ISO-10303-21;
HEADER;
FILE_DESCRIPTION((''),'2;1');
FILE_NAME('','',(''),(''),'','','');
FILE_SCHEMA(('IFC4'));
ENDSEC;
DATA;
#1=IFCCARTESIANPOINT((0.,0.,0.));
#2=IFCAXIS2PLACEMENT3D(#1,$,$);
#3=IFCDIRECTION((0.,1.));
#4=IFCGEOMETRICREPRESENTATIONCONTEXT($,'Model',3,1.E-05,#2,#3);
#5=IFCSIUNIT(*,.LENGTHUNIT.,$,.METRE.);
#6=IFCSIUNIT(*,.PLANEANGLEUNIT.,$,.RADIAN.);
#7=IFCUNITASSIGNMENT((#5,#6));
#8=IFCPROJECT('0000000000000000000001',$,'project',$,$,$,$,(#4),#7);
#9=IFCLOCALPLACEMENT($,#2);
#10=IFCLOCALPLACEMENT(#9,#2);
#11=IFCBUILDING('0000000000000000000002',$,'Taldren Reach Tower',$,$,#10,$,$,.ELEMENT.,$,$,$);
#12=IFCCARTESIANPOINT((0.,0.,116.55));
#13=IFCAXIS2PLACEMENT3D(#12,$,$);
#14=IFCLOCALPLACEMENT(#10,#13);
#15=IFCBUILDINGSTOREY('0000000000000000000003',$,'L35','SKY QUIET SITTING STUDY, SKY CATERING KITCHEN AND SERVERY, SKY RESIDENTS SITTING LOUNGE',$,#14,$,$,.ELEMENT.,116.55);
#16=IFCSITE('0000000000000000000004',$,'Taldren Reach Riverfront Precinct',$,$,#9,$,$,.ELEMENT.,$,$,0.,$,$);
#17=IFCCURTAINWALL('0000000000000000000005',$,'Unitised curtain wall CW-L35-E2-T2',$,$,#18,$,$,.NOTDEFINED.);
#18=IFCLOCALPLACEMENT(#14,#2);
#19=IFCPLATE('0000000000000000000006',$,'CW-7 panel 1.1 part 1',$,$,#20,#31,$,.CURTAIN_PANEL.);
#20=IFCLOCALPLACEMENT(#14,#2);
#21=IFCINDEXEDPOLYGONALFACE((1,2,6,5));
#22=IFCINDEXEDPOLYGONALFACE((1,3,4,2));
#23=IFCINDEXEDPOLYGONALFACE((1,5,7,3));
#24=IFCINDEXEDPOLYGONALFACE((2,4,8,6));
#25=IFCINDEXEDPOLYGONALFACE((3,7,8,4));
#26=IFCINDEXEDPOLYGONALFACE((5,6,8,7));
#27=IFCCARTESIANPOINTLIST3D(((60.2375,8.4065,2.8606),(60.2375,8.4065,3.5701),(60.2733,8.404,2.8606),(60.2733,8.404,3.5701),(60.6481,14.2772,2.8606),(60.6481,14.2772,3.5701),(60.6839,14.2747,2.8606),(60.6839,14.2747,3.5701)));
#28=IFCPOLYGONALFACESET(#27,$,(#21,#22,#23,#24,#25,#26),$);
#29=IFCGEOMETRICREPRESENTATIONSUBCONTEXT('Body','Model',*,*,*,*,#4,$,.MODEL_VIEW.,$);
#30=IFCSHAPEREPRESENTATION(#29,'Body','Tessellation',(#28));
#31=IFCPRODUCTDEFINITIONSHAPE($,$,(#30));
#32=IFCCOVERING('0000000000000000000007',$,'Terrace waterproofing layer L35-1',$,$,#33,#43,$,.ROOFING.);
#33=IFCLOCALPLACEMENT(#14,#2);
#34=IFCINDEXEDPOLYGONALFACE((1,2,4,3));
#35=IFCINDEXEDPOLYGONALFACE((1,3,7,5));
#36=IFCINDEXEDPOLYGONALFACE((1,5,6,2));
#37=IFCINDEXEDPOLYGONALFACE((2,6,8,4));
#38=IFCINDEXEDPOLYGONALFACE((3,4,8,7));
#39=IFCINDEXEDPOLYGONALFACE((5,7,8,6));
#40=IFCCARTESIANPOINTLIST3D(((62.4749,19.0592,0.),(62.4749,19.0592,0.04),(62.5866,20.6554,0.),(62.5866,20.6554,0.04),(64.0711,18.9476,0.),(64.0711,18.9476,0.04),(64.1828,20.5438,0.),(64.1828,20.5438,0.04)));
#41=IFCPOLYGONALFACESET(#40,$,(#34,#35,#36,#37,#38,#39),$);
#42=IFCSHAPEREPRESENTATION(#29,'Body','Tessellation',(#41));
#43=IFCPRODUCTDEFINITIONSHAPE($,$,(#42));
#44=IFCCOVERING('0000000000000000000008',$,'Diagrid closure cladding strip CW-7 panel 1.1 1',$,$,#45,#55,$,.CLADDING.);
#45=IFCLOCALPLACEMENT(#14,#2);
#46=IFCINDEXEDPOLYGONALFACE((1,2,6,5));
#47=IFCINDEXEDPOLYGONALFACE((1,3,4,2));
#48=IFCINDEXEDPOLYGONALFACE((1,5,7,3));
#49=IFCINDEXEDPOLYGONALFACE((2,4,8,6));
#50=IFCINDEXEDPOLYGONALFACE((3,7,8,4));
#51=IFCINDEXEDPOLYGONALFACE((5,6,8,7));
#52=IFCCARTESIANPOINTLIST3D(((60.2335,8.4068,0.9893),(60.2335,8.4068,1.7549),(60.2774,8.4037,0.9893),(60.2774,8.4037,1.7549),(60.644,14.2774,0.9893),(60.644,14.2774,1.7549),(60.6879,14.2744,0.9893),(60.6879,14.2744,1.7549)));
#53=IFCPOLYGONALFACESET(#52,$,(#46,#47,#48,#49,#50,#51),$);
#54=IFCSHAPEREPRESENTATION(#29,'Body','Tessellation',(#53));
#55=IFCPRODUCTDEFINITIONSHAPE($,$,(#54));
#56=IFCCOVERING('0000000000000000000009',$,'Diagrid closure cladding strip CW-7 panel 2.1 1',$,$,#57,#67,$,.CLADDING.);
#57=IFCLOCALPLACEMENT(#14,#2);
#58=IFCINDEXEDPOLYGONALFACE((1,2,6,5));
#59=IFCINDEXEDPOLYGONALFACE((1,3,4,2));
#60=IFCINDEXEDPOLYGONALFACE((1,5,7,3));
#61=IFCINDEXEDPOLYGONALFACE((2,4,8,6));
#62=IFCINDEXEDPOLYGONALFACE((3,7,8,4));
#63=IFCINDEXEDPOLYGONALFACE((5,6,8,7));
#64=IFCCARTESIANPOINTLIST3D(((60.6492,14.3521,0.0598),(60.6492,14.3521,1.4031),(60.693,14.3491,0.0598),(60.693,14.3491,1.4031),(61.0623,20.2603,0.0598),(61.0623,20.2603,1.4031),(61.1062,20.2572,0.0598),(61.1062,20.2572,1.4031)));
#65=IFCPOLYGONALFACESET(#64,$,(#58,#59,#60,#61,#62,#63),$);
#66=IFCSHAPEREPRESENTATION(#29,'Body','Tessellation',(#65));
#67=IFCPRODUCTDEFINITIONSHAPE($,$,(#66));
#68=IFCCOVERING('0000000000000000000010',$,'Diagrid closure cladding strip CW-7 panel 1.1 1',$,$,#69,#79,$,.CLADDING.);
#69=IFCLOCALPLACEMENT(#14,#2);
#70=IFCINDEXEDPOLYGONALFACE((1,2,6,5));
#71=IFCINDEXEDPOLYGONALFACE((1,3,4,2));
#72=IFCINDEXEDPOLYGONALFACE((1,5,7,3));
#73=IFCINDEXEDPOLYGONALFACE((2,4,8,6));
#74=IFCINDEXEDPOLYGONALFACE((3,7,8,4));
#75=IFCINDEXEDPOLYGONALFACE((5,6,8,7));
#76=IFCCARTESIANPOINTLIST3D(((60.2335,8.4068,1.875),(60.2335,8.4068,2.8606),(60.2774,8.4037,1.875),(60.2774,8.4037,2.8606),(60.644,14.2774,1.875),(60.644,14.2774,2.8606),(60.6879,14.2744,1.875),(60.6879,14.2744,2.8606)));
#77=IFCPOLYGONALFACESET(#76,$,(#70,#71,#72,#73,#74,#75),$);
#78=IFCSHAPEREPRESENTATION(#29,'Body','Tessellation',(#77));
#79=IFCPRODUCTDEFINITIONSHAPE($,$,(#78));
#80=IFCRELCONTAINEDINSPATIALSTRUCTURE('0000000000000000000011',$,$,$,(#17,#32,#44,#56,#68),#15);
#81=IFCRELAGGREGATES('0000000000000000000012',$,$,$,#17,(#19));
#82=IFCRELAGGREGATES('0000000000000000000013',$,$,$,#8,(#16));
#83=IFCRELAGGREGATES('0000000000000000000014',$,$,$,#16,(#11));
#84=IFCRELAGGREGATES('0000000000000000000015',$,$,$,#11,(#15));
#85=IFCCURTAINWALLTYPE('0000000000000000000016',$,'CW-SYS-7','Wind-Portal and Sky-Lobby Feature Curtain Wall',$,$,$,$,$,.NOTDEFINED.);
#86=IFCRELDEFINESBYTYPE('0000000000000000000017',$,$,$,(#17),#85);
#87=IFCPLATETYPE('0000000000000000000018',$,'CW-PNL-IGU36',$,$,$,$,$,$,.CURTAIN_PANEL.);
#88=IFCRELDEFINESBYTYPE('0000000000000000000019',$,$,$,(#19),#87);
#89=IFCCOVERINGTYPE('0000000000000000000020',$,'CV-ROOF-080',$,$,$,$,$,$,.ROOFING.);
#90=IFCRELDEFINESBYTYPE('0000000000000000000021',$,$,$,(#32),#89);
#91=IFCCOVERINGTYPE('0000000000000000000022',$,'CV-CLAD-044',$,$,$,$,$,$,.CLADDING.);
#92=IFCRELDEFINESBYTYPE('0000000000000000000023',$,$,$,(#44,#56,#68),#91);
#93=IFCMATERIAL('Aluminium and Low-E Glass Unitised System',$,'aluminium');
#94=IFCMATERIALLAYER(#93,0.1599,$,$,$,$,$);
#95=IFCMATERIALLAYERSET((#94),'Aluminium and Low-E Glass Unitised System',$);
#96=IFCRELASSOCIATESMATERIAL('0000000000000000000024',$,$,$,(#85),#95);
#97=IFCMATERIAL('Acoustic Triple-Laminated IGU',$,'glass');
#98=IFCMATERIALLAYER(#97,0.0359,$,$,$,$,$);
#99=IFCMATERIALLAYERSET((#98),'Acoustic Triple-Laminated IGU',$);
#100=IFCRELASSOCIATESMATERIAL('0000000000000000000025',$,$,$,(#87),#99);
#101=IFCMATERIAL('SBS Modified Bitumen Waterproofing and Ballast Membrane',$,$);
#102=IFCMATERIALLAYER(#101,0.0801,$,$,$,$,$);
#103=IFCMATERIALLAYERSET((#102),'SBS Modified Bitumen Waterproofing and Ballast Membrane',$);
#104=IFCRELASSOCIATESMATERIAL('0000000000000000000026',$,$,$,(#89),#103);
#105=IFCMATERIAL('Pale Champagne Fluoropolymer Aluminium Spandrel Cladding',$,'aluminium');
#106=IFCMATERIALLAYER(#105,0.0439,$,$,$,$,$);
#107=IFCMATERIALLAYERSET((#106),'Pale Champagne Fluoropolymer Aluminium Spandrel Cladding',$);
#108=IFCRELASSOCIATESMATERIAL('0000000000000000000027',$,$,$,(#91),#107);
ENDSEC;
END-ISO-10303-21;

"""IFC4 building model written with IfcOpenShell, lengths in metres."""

from ifc_helpers import new_model, si_unit, direction, frame, origin, origin_2d, place, context, subcontext, project, spatial, rectangle, extrude, source, transform, mapped, material, layer, layer_set, type_object, element, aggregate, save


model = new_model("IFC4")

# Units and contexts
model_context = context("Model", 3, precision=1e-05, world=origin(), true_north=direction((0.0, 1.0)))
body_context = subcontext(model_context, "Body", "Model", "MODEL_VIEW")
ifc_project = project(units=[si_unit("LENGTHUNIT", "METRE"), si_unit("PLANEANGLEUNIT", "RADIAN")], contexts=[model_context])

# Site, building, storey
site_placement = place(None, origin())
site = spatial("IfcSite", under=ifc_project, at=site_placement, Name="Taldren Reach Riverfront Precinct", CompositionType="ELEMENT", RefElevation=0.0)
building_placement = place(site_placement, origin())
building = spatial("IfcBuilding", under=site, at=building_placement, Name="Taldren Reach Tower", CompositionType="ELEMENT")
storey_placement = place(building_placement, frame((0.0, 0.0, 116.55)))
storey = spatial("IfcBuildingStorey", under=building, at=storey_placement, Name="L35", Description="SKY QUIET SITTING STUDY, SKY CATERING KITCHEN AND SERVERY, SKY RESIDENTS SITTING LOUNGE", CompositionType="ELEMENT", Elevation=116.55)

# Curtain wall
ifc_material_1 = material(Name="Aluminium and Low-E Glass Unitised System", Category="aluminium")
ifc_layer_1 = layer(ifc_material_1, 0.1599)
ifc_layer_set_1 = layer_set([ifc_layer_1], Name="Aluminium and Low-E Glass Unitised System")
curtain_wall_type = type_object("IfcCurtainWallType", Name="CW-SYS-7", Description="Wind-Portal and Sky-Lobby Feature Curtain Wall", PredefinedType="NOTDEFINED", material=ifc_layer_set_1)
curtain_wall_1_placement = place(storey_placement, origin())
curtain_wall_1 = element("IfcCurtainWall", 1, at=curtain_wall_1_placement, inside=storey, type_object=curtain_wall_type, Name="Unitised curtain wall CW-L35-E2-T2", PredefinedType="NOTDEFINED")

# Plate
ifc_material_2 = material(Name="Acoustic Triple-Laminated IGU", Category="glass")
ifc_layer_2 = layer(ifc_material_2, 0.0359)
ifc_layer_set_2 = layer_set([ifc_layer_2], Name="Acoustic Triple-Laminated IGU")
plate_type_1 = type_object("IfcPlateType", Name="CW-PNL-IGU36", PredefinedType="CURTAIN_PANEL", material=ifc_layer_set_2)
shared_shape_1 = source(origin(), body_context, "Body", "SweptSolid", [
    extrude(rectangle(XDim=5.885, YDim=0.0359, at=origin_2d()), origin(), (0.0, 0.0, 1.0), 0.7095),
])
plate_1_placement = place(storey_placement, frame((60.4607, 11.3406, 2.8606), z_axis=(0.0, 0.0, 1.0), x_axis=(0.069757, 0.997564, 0.0)))
plate_1 = element("IfcPlate", 2, at=plate_1_placement, type_object=plate_type_1, Name="CW-7 panel 1.1 part 1", PredefinedType="CURTAIN_PANEL", context=body_context, shape_type="MappedRepresentation", body=[
    mapped(shared_shape_1, transform((0.0, 0.0, 0.0), scale=1.0)),
])
aggregate(curtain_wall_1, [plate_1])

# Coverings
ifc_material_3 = material(Name="SBS Modified Bitumen Waterproofing and Ballast Membrane")
ifc_layer_3 = layer(ifc_material_3, 0.0801)
ifc_layer_set_3 = layer_set([ifc_layer_3], Name="SBS Modified Bitumen Waterproofing and Ballast Membrane")
covering_type_1 = type_object("IfcCoveringType", Name="CV-ROOF-080", PredefinedType="ROOFING", material=ifc_layer_set_3)
shared_shape_2 = source(origin(), body_context, "Body", "SweptSolid", [
    extrude(rectangle(XDim=1.6001, YDim=1.6001, at=origin_2d()), origin(), (0.0, 0.0, 1.0), 0.04),
])
covering_1_placement = place(storey_placement, frame((63.3289, 19.8015, 0.0), z_axis=(0.0, 0.0, 1.0), x_axis=(0.997564, -0.069756, 0.0)))
element("IfcCovering", 3, at=covering_1_placement, inside=storey, type_object=covering_type_1, Name="Terrace waterproofing layer L35-1", PredefinedType="ROOFING", context=body_context, shape_type="MappedRepresentation", body=[
    mapped(shared_shape_2, transform((0.0, 0.0, 0.0), scale=1.0)),
])
ifc_material_4 = material(Name="Pale Champagne Fluoropolymer Aluminium Spandrel Cladding", Category="aluminium")
ifc_layer_4 = layer(ifc_material_4, 0.0439)
ifc_layer_set_4 = layer_set([ifc_layer_4], Name="Pale Champagne Fluoropolymer Aluminium Spandrel Cladding")
covering_type_2 = type_object("IfcCoveringType", Name="CV-CLAD-044", PredefinedType="CLADDING", material=ifc_layer_set_4)
shared_shape_3 = source(origin(), body_context, "Body", "SweptSolid", [
    extrude(rectangle(XDim=5.885, YDim=0.0439, at=origin_2d()), origin(), (0.0, 0.0, 1.0), 0.7656),
])
covering_2_placement = place(storey_placement, frame((60.4607, 11.3406, 0.9893), z_axis=(0.0, 0.0, 1.0), x_axis=(0.069757, 0.997564, 0.0)))
element("IfcCovering", 4, at=covering_2_placement, inside=storey, type_object=covering_type_2, Name="Diagrid closure cladding strip CW-7 panel 1.1 1", PredefinedType="CLADDING", context=body_context, shape_type="MappedRepresentation", body=[
    mapped(shared_shape_3, transform((0.0, 0.0, 0.0), scale=1.0)),
])
shared_shape_4 = source(origin(), body_context, "Body", "SweptSolid", [
    extrude(rectangle(XDim=5.9226, YDim=0.0439, at=origin_2d()), origin(), (0.0, 0.0, 1.0), 1.3433),
])
covering_3_placement = place(storey_placement, frame((60.8777, 17.3047, 0.0598), z_axis=(0.0, 0.0, 1.0), x_axis=(0.069757, 0.997564, 0.0)))
element("IfcCovering", 5, at=covering_3_placement, inside=storey, type_object=covering_type_2, Name="Diagrid closure cladding strip CW-7 panel 2.1 1", PredefinedType="CLADDING", context=body_context, shape_type="MappedRepresentation", body=[
    mapped(shared_shape_4, transform((0.0, 0.0, 0.0), scale=1.0)),
])
shared_shape_5 = source(origin(), body_context, "Body", "SweptSolid", [
    extrude(rectangle(XDim=5.885, YDim=0.0439, at=origin_2d()), origin(), (0.0, 0.0, 1.0), 0.9856),
])
covering_4_placement = place(storey_placement, frame((60.4607, 11.3406, 1.875), z_axis=(0.0, 0.0, 1.0), x_axis=(0.069757, 0.997564, 0.0)))
element("IfcCovering", 6, at=covering_4_placement, inside=storey, type_object=covering_type_2, Name="Diagrid closure cladding strip CW-7 panel 1.1 1", PredefinedType="CLADDING", context=body_context, shape_type="MappedRepresentation", body=[
    mapped(shared_shape_5, transform((0.0, 0.0, 0.0), scale=1.0)),
])

save(model, "model.ifc")
